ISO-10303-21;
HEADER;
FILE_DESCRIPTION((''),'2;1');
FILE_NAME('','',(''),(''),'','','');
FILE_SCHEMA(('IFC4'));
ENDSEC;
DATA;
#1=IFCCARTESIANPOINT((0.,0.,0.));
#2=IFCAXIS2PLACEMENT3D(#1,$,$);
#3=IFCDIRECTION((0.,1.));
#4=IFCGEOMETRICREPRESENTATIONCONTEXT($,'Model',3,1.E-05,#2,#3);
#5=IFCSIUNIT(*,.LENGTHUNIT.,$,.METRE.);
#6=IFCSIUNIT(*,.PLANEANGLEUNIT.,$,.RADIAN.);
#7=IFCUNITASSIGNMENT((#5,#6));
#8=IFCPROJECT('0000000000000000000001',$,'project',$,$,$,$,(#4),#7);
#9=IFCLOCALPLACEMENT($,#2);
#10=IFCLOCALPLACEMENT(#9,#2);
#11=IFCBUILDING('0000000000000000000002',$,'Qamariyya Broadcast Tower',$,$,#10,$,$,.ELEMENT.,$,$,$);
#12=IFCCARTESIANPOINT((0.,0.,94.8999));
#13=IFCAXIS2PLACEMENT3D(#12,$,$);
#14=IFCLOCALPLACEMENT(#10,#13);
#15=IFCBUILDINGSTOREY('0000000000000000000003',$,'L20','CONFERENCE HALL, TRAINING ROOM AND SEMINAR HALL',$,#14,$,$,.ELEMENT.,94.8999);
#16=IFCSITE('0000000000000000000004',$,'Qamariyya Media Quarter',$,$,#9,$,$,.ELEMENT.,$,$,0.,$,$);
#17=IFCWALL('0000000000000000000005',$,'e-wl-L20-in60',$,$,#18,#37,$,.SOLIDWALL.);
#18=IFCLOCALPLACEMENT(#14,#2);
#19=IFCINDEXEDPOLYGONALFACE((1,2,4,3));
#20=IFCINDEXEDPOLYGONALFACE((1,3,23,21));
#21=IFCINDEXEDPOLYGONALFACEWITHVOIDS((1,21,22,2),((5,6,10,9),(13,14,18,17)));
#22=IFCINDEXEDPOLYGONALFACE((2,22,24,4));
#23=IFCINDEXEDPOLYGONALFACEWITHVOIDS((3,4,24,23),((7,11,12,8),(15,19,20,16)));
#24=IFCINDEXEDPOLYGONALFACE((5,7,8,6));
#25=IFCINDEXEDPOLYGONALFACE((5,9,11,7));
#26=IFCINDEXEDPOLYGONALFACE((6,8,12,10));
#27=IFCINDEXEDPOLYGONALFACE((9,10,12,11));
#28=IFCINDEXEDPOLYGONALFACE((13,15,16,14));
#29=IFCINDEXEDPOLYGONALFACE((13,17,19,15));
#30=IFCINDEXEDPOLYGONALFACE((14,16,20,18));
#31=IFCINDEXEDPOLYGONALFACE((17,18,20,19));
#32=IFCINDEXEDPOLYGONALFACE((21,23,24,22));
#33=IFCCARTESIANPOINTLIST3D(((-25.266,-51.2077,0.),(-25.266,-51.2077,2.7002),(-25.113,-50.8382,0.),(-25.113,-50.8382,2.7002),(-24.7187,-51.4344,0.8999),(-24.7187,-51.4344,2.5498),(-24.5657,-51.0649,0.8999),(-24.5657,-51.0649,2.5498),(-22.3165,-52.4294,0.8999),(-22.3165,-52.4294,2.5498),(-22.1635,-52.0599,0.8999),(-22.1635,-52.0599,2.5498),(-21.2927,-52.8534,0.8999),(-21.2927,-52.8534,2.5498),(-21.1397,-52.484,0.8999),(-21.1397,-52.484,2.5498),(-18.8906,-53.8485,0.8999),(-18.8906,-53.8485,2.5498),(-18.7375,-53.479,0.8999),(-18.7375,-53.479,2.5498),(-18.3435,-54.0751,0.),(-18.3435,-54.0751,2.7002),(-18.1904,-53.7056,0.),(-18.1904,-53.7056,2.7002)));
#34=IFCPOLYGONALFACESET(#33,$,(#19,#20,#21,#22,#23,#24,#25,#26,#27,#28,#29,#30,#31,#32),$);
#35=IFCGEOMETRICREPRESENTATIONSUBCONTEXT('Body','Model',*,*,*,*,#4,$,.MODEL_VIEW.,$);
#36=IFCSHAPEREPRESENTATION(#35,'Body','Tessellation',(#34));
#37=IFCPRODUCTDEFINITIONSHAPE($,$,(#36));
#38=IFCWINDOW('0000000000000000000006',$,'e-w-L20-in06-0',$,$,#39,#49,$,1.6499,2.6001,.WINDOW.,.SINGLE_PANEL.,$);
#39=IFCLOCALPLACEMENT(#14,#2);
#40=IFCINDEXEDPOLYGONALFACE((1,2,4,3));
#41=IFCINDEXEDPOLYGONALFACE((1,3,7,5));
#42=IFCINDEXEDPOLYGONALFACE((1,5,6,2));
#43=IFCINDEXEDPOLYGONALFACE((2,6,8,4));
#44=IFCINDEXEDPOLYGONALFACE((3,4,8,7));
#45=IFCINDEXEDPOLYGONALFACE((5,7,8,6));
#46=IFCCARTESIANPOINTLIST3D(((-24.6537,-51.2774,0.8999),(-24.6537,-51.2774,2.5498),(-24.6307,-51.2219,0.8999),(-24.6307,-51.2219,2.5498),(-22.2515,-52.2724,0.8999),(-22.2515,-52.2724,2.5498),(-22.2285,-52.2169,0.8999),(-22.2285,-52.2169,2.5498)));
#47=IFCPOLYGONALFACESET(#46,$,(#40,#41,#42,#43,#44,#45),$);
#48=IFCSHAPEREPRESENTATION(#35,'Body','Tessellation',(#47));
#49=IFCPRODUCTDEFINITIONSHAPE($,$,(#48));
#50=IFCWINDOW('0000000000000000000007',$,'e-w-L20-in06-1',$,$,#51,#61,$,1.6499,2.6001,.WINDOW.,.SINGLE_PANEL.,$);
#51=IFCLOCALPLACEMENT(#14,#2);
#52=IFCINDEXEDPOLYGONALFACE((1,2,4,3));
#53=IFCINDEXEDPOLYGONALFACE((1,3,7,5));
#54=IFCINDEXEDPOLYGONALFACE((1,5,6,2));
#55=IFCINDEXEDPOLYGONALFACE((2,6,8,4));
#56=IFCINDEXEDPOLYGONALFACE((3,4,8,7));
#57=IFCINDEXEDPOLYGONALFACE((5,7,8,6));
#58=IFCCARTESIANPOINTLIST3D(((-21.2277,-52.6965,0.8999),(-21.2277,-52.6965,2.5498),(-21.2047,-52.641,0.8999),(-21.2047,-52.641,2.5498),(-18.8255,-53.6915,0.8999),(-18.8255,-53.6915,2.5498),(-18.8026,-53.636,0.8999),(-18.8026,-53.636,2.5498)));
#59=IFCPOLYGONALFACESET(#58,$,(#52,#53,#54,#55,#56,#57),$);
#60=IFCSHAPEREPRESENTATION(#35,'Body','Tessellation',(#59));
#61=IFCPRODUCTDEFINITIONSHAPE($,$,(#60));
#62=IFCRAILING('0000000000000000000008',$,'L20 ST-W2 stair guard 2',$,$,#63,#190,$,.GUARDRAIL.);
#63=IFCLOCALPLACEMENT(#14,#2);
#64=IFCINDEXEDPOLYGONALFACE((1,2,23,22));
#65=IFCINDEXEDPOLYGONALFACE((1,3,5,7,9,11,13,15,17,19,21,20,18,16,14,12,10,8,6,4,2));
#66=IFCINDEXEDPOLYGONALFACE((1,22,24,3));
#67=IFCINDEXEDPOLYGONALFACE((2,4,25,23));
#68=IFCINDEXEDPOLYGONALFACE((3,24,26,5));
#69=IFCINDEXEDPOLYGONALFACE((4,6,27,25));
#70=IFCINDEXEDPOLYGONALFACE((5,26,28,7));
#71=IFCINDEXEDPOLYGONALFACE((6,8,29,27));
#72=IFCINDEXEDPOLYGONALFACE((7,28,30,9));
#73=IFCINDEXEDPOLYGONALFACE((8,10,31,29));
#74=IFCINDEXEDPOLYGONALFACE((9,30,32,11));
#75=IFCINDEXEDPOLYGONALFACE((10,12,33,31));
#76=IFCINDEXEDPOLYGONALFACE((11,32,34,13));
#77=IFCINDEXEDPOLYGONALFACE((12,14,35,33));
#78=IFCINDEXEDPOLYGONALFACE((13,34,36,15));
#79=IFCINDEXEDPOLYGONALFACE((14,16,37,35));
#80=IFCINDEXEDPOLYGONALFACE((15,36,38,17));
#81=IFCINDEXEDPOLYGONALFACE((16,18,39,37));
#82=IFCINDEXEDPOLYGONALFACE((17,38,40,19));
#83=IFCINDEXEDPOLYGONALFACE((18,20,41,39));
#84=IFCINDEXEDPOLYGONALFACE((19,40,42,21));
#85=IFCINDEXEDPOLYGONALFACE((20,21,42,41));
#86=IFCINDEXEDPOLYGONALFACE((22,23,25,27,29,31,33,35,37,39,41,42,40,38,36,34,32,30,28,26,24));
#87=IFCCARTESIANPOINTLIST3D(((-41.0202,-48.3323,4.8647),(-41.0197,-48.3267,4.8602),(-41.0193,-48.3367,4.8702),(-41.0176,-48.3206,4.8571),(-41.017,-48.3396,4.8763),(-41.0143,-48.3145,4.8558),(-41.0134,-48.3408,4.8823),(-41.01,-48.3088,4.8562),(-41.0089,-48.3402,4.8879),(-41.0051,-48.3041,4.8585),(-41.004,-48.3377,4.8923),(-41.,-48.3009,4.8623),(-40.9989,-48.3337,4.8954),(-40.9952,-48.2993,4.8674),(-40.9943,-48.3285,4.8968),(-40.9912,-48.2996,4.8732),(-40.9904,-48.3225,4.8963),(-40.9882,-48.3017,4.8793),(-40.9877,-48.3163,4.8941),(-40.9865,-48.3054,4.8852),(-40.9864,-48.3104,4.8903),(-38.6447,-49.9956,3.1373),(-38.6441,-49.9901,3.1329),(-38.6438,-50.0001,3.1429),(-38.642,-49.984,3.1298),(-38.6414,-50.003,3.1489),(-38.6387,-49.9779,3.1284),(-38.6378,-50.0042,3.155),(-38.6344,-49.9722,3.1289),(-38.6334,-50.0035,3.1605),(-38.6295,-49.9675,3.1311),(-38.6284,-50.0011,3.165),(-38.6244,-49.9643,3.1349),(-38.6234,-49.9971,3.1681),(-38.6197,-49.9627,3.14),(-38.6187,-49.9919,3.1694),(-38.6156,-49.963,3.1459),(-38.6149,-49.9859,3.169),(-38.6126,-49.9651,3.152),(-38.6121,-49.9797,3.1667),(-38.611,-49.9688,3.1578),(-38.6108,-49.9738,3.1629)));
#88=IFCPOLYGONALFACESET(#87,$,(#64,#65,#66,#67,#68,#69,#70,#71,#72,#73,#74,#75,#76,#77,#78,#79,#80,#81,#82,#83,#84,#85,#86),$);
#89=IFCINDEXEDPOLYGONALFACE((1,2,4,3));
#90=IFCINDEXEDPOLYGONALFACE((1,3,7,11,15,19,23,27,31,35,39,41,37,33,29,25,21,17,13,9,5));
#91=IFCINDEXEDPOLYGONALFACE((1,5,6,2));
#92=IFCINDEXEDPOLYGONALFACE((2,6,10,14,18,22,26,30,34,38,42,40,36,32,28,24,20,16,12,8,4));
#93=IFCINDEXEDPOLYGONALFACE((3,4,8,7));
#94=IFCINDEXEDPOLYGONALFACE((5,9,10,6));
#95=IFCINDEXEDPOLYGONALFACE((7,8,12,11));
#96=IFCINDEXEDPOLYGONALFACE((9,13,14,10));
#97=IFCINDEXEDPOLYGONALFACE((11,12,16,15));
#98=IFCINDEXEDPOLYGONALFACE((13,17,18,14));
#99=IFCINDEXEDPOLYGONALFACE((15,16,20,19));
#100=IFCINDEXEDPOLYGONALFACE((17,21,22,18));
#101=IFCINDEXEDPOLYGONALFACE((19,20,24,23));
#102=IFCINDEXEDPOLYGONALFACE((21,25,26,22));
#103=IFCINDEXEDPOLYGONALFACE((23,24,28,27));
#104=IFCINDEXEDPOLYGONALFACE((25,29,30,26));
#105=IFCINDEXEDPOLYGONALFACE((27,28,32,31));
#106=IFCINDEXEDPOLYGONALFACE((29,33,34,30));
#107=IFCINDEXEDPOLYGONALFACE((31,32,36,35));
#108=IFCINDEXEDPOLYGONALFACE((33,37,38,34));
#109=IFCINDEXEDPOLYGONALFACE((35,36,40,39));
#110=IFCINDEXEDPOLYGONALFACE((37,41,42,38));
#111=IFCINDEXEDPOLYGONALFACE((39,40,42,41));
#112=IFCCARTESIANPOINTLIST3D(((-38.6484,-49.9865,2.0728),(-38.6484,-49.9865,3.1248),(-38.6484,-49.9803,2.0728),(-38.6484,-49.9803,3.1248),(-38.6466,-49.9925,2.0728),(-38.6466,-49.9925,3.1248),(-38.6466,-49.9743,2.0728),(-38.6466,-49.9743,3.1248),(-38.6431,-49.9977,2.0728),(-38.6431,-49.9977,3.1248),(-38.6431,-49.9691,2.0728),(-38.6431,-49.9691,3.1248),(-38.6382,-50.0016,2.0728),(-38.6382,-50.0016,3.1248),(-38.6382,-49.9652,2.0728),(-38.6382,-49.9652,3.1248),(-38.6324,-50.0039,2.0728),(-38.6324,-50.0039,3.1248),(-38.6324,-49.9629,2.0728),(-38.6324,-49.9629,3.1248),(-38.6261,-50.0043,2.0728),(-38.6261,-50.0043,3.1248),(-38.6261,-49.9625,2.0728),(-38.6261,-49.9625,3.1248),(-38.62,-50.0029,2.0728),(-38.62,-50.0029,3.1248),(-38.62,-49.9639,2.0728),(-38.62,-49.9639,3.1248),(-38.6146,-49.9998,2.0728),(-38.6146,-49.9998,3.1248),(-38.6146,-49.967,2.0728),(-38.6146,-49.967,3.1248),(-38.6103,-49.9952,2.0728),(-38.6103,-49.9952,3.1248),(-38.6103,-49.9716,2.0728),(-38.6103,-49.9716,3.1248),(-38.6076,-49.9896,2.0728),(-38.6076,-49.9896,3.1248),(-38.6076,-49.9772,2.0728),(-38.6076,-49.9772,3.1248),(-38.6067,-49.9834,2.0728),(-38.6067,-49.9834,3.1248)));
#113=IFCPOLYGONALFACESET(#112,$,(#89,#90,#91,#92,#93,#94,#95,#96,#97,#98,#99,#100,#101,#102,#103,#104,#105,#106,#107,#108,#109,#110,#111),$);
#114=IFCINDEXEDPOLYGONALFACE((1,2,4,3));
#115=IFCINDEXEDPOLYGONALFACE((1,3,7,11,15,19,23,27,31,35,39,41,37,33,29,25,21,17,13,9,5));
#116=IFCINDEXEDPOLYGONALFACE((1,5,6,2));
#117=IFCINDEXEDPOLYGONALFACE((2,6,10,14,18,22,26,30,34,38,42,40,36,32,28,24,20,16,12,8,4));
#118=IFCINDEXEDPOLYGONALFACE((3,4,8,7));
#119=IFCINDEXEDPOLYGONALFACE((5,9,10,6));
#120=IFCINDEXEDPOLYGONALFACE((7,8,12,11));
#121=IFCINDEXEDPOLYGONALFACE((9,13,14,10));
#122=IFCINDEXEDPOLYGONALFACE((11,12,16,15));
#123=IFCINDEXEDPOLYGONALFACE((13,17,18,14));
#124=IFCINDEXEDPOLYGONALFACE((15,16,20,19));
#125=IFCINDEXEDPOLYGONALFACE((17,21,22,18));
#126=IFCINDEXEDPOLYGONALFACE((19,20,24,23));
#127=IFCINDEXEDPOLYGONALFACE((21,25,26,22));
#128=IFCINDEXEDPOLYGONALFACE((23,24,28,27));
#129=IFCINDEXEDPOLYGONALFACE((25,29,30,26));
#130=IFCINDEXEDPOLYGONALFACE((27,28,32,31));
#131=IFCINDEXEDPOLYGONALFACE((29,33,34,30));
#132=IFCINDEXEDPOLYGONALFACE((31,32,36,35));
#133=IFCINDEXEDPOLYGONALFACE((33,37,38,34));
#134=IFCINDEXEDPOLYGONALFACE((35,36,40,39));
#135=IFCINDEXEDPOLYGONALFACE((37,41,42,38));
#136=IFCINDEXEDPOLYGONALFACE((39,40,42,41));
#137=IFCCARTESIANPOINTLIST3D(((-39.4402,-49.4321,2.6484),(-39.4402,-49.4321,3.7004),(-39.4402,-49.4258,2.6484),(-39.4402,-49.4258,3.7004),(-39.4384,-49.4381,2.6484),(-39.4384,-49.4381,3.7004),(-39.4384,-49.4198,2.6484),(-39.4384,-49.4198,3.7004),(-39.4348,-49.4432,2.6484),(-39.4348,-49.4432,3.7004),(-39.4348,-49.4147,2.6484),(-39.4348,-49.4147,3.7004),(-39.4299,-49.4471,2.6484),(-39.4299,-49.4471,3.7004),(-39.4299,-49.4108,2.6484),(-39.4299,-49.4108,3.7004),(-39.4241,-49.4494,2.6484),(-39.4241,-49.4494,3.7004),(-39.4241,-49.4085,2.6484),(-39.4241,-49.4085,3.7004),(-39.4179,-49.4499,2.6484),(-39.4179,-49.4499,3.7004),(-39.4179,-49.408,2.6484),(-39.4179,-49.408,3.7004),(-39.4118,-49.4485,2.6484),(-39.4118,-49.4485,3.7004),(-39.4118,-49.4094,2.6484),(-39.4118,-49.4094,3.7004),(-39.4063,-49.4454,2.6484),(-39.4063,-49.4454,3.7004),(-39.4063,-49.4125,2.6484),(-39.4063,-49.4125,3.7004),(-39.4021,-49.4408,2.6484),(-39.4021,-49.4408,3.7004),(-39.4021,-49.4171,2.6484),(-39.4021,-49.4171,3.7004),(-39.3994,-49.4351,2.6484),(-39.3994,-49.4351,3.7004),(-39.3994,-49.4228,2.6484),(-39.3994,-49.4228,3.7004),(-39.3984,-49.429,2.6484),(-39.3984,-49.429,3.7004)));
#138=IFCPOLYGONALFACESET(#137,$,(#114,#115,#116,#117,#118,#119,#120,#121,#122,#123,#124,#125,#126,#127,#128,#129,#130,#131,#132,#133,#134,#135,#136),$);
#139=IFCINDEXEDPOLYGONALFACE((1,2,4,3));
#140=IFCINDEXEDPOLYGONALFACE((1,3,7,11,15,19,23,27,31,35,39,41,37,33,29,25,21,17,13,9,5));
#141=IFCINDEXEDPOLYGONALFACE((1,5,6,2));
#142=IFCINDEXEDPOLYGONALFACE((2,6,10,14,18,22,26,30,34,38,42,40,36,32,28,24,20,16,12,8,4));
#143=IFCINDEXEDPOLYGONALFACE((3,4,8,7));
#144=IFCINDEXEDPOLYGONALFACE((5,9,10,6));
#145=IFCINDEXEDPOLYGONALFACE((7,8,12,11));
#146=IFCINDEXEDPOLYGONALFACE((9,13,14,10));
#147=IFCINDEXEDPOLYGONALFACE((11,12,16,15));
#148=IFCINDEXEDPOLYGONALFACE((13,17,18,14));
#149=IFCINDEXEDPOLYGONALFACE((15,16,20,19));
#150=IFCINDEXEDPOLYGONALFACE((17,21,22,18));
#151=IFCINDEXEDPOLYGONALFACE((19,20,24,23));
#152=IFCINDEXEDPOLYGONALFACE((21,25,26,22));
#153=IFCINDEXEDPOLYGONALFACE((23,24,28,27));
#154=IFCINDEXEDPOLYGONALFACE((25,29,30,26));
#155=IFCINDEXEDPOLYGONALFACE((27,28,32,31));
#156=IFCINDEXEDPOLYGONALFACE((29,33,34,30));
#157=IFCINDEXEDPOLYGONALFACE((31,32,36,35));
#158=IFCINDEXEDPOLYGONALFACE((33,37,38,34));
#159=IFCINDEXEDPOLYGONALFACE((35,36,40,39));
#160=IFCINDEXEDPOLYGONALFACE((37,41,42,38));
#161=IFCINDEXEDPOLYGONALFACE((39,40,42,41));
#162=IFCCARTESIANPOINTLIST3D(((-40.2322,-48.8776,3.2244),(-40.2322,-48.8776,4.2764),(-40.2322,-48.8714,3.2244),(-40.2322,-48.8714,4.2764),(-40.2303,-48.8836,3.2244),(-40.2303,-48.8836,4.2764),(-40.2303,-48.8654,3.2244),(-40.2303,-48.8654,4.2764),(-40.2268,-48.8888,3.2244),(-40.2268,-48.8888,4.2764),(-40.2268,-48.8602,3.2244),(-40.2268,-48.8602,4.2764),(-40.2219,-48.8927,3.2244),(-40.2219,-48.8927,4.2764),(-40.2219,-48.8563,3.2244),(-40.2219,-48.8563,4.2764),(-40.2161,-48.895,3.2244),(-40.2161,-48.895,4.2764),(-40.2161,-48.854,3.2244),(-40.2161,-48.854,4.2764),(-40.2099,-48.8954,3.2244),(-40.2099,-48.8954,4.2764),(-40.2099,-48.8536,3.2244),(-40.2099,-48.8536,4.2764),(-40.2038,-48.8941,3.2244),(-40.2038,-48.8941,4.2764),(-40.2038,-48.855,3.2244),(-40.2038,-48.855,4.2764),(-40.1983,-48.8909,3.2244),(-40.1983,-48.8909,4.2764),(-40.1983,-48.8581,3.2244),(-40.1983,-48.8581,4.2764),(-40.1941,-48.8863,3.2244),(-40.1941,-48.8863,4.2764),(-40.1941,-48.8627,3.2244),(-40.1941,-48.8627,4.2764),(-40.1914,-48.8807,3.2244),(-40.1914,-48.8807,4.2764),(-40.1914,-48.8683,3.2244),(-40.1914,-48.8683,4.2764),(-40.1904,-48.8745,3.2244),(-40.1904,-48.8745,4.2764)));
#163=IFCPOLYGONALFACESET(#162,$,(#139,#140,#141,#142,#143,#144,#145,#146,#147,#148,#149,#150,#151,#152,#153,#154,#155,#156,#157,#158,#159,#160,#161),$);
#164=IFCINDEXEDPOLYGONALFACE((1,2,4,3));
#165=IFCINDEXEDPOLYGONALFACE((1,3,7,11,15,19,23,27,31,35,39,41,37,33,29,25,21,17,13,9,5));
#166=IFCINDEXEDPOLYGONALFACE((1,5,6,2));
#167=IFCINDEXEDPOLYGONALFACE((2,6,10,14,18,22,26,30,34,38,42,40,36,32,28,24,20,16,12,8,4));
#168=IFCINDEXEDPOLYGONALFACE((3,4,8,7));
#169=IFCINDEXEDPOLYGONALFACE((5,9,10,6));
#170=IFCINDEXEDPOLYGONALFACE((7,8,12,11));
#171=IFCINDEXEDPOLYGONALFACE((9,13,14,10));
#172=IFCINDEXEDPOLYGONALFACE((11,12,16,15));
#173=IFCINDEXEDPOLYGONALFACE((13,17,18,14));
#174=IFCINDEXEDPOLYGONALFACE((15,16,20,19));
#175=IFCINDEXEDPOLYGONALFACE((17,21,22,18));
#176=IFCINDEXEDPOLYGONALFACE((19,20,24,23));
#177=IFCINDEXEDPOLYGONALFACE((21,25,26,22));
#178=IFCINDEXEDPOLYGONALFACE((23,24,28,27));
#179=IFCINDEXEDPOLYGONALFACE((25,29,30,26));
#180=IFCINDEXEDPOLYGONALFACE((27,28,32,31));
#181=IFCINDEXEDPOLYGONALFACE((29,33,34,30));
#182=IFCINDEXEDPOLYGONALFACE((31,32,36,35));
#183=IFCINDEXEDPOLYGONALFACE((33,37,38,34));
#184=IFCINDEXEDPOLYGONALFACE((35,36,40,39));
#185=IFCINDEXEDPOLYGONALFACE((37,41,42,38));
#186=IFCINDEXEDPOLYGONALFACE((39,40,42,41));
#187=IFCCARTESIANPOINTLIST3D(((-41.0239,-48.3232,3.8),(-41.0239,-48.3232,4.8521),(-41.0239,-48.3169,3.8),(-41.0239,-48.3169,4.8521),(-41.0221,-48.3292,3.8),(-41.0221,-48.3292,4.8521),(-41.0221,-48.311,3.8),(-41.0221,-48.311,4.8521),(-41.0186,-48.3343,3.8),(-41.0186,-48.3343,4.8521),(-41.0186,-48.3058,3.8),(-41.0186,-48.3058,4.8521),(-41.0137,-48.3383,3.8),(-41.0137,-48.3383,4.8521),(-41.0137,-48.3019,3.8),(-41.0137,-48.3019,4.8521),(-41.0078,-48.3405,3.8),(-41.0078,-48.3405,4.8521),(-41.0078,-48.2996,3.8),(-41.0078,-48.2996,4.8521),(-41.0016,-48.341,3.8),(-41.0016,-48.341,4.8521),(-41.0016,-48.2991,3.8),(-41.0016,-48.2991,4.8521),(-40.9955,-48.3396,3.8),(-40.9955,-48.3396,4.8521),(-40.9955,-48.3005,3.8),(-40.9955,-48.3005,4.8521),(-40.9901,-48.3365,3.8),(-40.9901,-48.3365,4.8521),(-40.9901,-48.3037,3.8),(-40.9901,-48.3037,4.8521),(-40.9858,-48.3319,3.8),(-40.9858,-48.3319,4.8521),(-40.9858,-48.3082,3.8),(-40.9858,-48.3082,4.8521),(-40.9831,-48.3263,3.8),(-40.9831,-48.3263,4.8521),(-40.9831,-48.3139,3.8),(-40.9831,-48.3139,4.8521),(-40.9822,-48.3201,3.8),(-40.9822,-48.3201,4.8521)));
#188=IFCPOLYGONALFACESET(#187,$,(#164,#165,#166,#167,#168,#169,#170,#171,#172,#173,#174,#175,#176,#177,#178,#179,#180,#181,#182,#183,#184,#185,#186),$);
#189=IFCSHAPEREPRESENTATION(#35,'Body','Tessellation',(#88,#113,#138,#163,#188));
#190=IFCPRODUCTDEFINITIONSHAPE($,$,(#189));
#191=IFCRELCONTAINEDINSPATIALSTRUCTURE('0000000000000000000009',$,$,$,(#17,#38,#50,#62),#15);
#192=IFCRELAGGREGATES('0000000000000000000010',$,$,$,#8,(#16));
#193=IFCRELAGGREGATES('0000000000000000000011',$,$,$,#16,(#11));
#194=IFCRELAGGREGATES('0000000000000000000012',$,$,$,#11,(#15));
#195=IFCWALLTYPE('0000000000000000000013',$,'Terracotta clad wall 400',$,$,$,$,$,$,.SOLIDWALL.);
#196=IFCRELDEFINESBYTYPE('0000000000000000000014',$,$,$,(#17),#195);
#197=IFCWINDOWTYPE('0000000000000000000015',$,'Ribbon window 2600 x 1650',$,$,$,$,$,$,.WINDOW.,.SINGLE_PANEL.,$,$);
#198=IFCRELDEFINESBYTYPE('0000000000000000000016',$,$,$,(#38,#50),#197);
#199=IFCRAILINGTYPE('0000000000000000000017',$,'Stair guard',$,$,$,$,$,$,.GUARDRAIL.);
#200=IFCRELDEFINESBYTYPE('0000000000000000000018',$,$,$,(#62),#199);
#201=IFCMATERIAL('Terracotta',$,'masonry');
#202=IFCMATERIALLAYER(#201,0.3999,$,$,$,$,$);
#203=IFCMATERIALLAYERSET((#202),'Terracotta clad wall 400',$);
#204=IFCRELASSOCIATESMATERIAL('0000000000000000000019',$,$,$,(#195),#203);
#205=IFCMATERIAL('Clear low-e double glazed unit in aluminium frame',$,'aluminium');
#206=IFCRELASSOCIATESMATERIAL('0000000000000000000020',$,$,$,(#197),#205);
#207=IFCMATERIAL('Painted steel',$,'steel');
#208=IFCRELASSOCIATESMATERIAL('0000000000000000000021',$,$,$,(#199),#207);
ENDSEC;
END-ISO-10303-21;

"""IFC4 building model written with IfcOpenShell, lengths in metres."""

from ifc_helpers import new_model, si_unit, direction, frame, frame_2d, origin, origin_2d, place, context, subcontext, project, spatial, rectangle, circle, extrude, material, layer, layer_set, type_object, element, fill, save


model = new_model("IFC4")

# Units and contexts
model_context = context("Model", 3, precision=1e-05, world=origin(), true_north=direction((0.0, 1.0)))
body_context = subcontext(model_context, "Body", "Model", "MODEL_VIEW")
ifc_project = project(units=[si_unit("LENGTHUNIT", "METRE"), si_unit("PLANEANGLEUNIT", "RADIAN")], contexts=[model_context])

# Site, building, storey
site_placement = place(None, origin())
site = spatial("IfcSite", under=ifc_project, at=site_placement, Name="Qamariyya Media Quarter", CompositionType="ELEMENT", RefElevation=0.0)
building_placement = place(site_placement, origin())
building = spatial("IfcBuilding", under=site, at=building_placement, Name="Qamariyya Broadcast Tower", CompositionType="ELEMENT")
storey_placement = place(building_placement, frame((0.0, 0.0, 94.8999)))
storey = spatial("IfcBuildingStorey", under=building, at=storey_placement, Name="L20", Description="CONFERENCE HALL, TRAINING ROOM AND SEMINAR HALL", CompositionType="ELEMENT", Elevation=94.8999)

# Wall, openings, windows
ifc_material_1 = material(Name="Terracotta", Category="masonry")
ifc_layer_1 = layer(ifc_material_1, 0.3999)
ifc_layer_set_1 = layer_set([ifc_layer_1], Name="Terracotta clad wall 400")
wall_type_1 = type_object("IfcWallType", Name="Terracotta clad wall 400", PredefinedType="SOLIDWALL", material=ifc_layer_set_1)
ifc_material_2 = material(Name="Clear low-e double glazed unit in aluminium frame", Category="aluminium")
window_type = type_object("IfcWindowType", Name="Ribbon window 2600 x 1650", PartitioningType="SINGLE_PANEL", PredefinedType="WINDOW", material=ifc_material_2)
wall_1_placement = place(storey_placement, frame((-18.2668, -53.8904, 0.0), z_axis=(0.0, 0.0, 1.0), x_axis=(-0.92388, 0.382683, 0.0)))
wall_1 = element("IfcWall", 1, at=wall_1_placement, inside=storey, type_object=wall_type_1, Name="e-wl-L20-in60", PredefinedType="SOLIDWALL", context=body_context, shape_type="SweptSolid", body=[
    extrude(rectangle(XDim=7.4929, YDim=0.3999, at=frame_2d((3.7466, 0.0))), origin(), (0.0, 0.0, 1.0), 2.7002),
])
opening_1_placement = place(wall_1_placement, frame((4.3005, 0.0, 0.8999)))
opening_1 = element("IfcOpeningElement", 2, at=opening_1_placement, cuts=wall_1, PredefinedType="OPENING", context=body_context, shape_type="SweptSolid", body=[
    extrude(rectangle(XDim=2.6001, YDim=1.6499, at=frame_2d((1.3, 0.825))), frame((0.0, 0.21, 0.0), z_axis=(0.0, -1.0, 0.0), x_axis=(1.0, 0.0, 0.0)), (0.0, 0.0, 1.0), 0.4199),
])
opening_2_placement = place(wall_1_placement, frame((0.5923, 0.0, 0.8999)))
opening_2 = element("IfcOpeningElement", 3, at=opening_2_placement, cuts=wall_1, PredefinedType="OPENING", context=body_context, shape_type="SweptSolid", body=[
    extrude(rectangle(XDim=2.6001, YDim=1.6499, at=frame_2d((1.3, 0.825))), frame((0.0, 0.21, 0.0), z_axis=(0.0, -1.0, 0.0), x_axis=(1.0, 0.0, 0.0)), (0.0, 0.0, 1.0), 0.4199),
])
window_1_placement = place(opening_1_placement, origin())
window_1 = element("IfcWindow", 4, at=window_1_placement, inside=storey, type_object=window_type, Name="e-w-L20-in06-0", OverallHeight=1.6499, OverallWidth=2.6001, PartitioningType="SINGLE_PANEL", PredefinedType="WINDOW", context=body_context, shape_type="SweptSolid", body=[
    extrude(rectangle(XDim=2.6001, YDim=1.6499, at=frame_2d((1.3, 0.825))), frame((0.0, 0.03, 0.0), z_axis=(0.0, -1.0, 0.0), x_axis=(1.0, 0.0, 0.0)), (0.0, 0.0, 1.0), 0.0601),
])
fill(opening_1, window_1)
window_2_placement = place(opening_2_placement, origin())
window_2 = element("IfcWindow", 5, at=window_2_placement, inside=storey, type_object=window_type, Name="e-w-L20-in06-1", OverallHeight=1.6499, OverallWidth=2.6001, PartitioningType="SINGLE_PANEL", PredefinedType="WINDOW", context=body_context, shape_type="SweptSolid", body=[
    extrude(rectangle(XDim=2.6001, YDim=1.6499, at=frame_2d((1.3, 0.825))), frame((0.0, 0.03, 0.0), z_axis=(0.0, -1.0, 0.0), x_axis=(1.0, 0.0, 0.0)), (0.0, 0.0, 1.0), 0.0601),
])
fill(opening_2, window_2)

# Railing
ifc_material_3 = material(Name="Painted steel", Category="steel")
railing_type_1 = type_object("IfcRailingType", Name="Stair guard", PredefinedType="GUARDRAIL", material=ifc_material_3)
railing_1_placement = place(storey_placement, frame((-38.6277, -49.9834, 2.0728)))
element("IfcRailing", 6, at=railing_1_placement, inside=storey, type_object=railing_type_1, Name="L20 ST-W2 stair guard 2", PredefinedType="GUARDRAIL", context=body_context, shape_type="SweptSolid", body=[
    extrude(circle(Radius=0.0239, at=origin_2d()), frame((0.0, 0.0, 1.0762), z_axis=(-0.70377, 0.492784, 0.511734), x_axis=(-0.573575, -0.819153, 0.0)), (0.0, 0.0, 1.0), 3.3755),
    extrude(circle(Radius=0.021, at=origin_2d()), origin(), (0.0, 0.0, 1.0), 1.052),
    extrude(circle(Radius=0.021, at=origin_2d()), frame((-0.7917, 0.5544, 0.5757)), (0.0, 0.0, 1.0), 1.052),
    extrude(circle(Radius=0.021, at=origin_2d()), frame((-1.5837, 1.1089, 1.1516)), (0.0, 0.0, 1.0), 1.052),
    extrude(circle(Radius=0.021, at=origin_2d()), frame((-2.3755, 1.6633, 1.7273)), (0.0, 0.0, 1.0), 1.052),
])

save(model, "model.ifc")
